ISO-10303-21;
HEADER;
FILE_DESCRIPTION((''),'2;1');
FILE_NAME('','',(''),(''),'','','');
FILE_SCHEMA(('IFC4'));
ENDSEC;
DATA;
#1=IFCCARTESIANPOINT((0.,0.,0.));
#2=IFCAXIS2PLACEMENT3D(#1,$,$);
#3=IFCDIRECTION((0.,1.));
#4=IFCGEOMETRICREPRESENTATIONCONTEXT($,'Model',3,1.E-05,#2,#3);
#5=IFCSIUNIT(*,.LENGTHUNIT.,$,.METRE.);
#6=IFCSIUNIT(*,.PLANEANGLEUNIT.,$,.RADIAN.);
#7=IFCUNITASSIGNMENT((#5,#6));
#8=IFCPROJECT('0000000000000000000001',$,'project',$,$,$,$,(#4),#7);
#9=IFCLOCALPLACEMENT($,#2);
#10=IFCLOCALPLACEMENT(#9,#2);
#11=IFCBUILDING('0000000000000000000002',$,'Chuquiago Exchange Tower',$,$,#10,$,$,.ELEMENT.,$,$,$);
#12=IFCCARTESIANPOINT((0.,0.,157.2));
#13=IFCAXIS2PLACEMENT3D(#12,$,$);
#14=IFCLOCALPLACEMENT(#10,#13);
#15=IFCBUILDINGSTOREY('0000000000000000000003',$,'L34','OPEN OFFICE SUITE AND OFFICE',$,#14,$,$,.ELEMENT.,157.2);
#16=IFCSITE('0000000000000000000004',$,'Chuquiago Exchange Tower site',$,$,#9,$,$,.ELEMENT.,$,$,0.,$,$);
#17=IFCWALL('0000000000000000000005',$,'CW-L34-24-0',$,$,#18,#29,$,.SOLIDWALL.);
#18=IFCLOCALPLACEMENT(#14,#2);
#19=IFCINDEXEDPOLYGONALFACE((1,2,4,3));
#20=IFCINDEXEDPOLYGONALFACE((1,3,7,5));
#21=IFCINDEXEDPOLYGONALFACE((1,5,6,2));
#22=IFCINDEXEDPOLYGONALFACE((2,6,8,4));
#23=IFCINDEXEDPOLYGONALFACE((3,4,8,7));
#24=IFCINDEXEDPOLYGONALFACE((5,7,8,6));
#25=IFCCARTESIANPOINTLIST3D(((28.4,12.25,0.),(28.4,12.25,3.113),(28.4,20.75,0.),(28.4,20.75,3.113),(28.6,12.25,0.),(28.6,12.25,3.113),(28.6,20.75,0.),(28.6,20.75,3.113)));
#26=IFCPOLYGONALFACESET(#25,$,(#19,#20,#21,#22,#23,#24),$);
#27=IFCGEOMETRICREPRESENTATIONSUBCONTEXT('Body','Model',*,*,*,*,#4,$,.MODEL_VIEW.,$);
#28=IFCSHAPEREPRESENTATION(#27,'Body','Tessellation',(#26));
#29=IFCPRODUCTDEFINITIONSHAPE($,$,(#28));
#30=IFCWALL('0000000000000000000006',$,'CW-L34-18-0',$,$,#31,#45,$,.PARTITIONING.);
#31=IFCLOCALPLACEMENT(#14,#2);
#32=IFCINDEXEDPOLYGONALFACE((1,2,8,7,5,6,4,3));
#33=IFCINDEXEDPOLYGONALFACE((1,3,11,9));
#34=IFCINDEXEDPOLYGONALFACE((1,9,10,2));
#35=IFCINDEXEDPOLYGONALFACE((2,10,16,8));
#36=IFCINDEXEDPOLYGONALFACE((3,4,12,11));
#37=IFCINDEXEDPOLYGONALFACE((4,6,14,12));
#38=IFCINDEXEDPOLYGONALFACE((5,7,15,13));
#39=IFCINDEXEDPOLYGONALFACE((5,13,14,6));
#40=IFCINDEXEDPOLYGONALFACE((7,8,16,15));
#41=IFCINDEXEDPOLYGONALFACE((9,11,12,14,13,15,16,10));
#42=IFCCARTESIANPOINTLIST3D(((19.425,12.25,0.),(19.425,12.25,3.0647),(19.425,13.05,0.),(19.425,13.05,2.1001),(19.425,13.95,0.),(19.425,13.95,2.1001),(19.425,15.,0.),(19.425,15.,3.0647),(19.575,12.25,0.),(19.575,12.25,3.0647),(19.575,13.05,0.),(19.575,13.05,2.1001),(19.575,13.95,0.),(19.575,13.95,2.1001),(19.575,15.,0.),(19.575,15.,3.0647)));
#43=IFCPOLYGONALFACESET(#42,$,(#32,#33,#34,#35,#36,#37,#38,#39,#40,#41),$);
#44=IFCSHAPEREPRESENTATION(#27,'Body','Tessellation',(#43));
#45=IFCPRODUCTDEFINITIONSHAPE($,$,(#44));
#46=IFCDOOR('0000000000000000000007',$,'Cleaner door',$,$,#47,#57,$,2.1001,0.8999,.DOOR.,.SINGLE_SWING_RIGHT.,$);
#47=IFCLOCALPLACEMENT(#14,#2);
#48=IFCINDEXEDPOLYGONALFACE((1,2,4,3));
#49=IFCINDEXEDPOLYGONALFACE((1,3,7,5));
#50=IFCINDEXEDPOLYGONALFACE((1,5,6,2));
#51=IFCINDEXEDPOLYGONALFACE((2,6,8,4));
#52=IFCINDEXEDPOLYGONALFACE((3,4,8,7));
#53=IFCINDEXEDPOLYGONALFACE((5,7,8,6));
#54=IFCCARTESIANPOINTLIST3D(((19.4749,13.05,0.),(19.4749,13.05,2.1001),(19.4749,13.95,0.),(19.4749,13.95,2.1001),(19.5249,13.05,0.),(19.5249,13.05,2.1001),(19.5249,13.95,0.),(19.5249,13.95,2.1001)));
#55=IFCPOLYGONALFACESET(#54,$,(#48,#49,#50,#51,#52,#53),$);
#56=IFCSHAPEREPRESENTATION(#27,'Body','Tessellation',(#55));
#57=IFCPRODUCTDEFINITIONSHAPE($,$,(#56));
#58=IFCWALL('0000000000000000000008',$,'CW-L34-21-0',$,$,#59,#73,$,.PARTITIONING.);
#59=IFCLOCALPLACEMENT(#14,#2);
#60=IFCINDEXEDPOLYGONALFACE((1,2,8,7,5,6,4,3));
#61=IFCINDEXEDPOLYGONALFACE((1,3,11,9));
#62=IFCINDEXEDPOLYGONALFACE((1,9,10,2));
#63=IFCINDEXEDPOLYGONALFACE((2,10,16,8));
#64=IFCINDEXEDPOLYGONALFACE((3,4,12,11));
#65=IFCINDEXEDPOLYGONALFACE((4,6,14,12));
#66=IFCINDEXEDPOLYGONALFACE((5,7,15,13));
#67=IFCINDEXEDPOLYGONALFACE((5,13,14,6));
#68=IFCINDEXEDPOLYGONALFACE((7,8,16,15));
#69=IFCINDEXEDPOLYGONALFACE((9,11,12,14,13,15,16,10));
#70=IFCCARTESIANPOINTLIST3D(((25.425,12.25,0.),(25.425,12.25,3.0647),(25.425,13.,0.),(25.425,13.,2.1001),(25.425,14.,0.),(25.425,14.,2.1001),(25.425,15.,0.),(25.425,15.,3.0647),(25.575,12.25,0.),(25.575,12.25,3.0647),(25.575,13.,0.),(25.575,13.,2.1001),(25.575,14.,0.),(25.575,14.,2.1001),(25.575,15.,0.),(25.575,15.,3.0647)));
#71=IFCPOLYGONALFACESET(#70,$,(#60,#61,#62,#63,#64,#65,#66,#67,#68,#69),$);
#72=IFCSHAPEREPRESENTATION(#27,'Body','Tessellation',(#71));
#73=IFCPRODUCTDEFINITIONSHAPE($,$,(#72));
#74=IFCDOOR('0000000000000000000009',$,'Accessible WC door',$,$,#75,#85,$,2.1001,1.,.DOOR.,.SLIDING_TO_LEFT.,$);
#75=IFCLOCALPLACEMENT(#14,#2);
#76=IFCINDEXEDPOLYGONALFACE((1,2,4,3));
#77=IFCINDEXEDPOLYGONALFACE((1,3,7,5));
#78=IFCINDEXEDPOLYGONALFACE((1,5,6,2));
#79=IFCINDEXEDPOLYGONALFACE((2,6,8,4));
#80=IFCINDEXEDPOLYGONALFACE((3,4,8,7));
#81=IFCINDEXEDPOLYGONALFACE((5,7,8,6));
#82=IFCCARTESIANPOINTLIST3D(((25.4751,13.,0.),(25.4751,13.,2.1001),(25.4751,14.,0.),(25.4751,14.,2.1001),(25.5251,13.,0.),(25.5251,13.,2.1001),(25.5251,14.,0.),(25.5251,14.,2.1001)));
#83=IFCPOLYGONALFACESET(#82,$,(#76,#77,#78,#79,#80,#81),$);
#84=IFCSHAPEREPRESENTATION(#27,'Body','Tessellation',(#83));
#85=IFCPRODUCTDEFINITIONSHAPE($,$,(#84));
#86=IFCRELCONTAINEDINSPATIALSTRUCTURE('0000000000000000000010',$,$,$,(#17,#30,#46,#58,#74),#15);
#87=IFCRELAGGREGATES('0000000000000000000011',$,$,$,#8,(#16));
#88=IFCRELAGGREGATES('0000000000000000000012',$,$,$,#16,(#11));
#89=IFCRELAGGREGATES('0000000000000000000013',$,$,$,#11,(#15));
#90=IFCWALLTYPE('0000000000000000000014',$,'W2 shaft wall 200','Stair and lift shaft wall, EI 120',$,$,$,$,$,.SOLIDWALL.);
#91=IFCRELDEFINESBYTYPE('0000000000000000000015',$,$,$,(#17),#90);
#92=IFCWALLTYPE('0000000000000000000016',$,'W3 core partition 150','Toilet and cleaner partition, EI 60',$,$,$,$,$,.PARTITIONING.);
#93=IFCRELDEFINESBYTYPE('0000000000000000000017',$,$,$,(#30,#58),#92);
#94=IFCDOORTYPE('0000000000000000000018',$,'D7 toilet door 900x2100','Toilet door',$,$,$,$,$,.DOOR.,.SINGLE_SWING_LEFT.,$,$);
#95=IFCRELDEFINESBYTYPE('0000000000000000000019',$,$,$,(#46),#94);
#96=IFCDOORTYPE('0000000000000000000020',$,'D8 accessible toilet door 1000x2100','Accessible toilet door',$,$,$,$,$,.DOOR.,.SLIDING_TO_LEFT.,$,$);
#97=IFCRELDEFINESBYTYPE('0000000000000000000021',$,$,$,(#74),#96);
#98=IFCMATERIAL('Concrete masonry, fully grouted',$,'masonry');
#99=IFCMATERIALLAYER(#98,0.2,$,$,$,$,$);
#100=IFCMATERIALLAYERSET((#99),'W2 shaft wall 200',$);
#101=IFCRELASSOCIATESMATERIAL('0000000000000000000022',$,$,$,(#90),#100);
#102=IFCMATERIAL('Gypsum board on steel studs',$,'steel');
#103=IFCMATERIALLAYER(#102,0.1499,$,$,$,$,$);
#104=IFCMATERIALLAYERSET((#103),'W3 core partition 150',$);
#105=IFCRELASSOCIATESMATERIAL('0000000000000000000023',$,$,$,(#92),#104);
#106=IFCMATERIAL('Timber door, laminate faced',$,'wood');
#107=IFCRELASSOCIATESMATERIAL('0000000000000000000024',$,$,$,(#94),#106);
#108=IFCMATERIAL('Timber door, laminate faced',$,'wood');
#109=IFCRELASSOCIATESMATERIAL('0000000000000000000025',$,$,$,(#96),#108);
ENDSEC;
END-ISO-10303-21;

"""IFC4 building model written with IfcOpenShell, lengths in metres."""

from ifc_helpers import new_model, si_unit, direction, frame, frame_2d, origin, place, context, subcontext, project, spatial, rectangle, extrude, material, layer, layer_set, type_object, element, fill, save


model = new_model("IFC4")

# Units and contexts
model_context = context("Model", 3, precision=1e-05, world=origin(), true_north=direction((0.0, 1.0)))
body_context = subcontext(model_context, "Body", "Model", "MODEL_VIEW")
ifc_project = project(units=[si_unit("LENGTHUNIT", "METRE"), si_unit("PLANEANGLEUNIT", "RADIAN")], contexts=[model_context])

# Site, building, storey
site_placement = place(None, origin())
site = spatial("IfcSite", under=ifc_project, at=site_placement, Name="Chuquiago Exchange Tower site", CompositionType="ELEMENT", RefElevation=0.0)
building_placement = place(site_placement, origin())
building = spatial("IfcBuilding", under=site, at=building_placement, Name="Chuquiago Exchange Tower", CompositionType="ELEMENT")
storey_placement = place(building_placement, frame((0.0, 0.0, 157.2)))
storey = spatial("IfcBuildingStorey", under=building, at=storey_placement, Name="L34", Description="OPEN OFFICE SUITE AND OFFICE", CompositionType="ELEMENT", Elevation=157.2)

# Shared definitions
ifc_material_1 = material(Name="Concrete masonry, fully grouted", Category="masonry")
ifc_layer_1 = layer(ifc_material_1, 0.2)
ifc_layer_set_1 = layer_set([ifc_layer_1], Name="W2 shaft wall 200")
wall_type_1 = type_object("IfcWallType", Name="W2 shaft wall 200", Description="Stair and lift shaft wall, EI 120", PredefinedType="SOLIDWALL", material=ifc_layer_set_1)

# Wall
wall_1_placement = place(storey_placement, frame((28.5, 12.25, 0.0), z_axis=(0.0, 0.0, 1.0), x_axis=(0.0, 1.0, 0.0)))
element("IfcWall", 1, at=wall_1_placement, inside=storey, type_object=wall_type_1, Name="CW-L34-24-0", PredefinedType="SOLIDWALL", context=body_context, shape_type="SweptSolid", body=[
    extrude(rectangle(XDim=8.5, YDim=0.2, at=frame_2d((4.25, 0.0))), origin(), (0.0, 0.0, 1.0), 3.113),
])

# Walls, openings, doors
ifc_material_2 = material(Name="Gypsum board on steel studs", Category="steel")
ifc_layer_2 = layer(ifc_material_2, 0.1499)
ifc_layer_set_2 = layer_set([ifc_layer_2], Name="W3 core partition 150")
wall_type_2 = type_object("IfcWallType", Name="W3 core partition 150", Description="Toilet and cleaner partition, EI 60", PredefinedType="PARTITIONING", material=ifc_layer_set_2)
wall_2_placement = place(storey_placement, frame((19.5, 12.25, 0.0), z_axis=(0.0, 0.0, 1.0), x_axis=(0.0, 1.0, 0.0)))
wall_2 = element("IfcWall", 2, at=wall_2_placement, inside=storey, type_object=wall_type_2, Name="CW-L34-18-0", PredefinedType="PARTITIONING", context=body_context, shape_type="SweptSolid", body=[
    extrude(rectangle(XDim=2.75, YDim=0.1499, at=frame_2d((1.375, 0.0))), origin(), (0.0, 0.0, 1.0), 3.0647),
])
opening_1_placement = place(wall_2_placement, frame((0.8, 0.0, 0.0)))
opening_1 = element("IfcOpeningElement", 3, at=opening_1_placement, cuts=wall_2, PredefinedType="OPENING", context=body_context, shape_type="SweptSolid", body=[
    extrude(rectangle(XDim=0.8999, YDim=2.1001, at=frame_2d((0.45, 1.05))), frame((0.0, 0.085, 0.0), z_axis=(0.0, -1.0, 0.0), x_axis=(1.0, 0.0, 0.0)), (0.0, 0.0, 1.0), 0.1699),
])
ifc_material_3 = material(Name="Timber door, laminate faced", Category="wood")
door_type_1 = type_object("IfcDoorType", Name="D7 toilet door 900x2100", Description="Toilet door", OperationType="SINGLE_SWING_LEFT", PredefinedType="DOOR", material=ifc_material_3)
door_1_placement = place(opening_1_placement, frame((0.8999, 0.0, 0.0), z_axis=(0.0, 0.0, 1.0), x_axis=(-1.0, 0.0, 0.0)))
door_1 = element("IfcDoor", 4, at=door_1_placement, inside=storey, type_object=door_type_1, Name="Cleaner door", OperationType="SINGLE_SWING_RIGHT", OverallHeight=2.1001, OverallWidth=0.8999, PredefinedType="DOOR", context=body_context, shape_type="SweptSolid", body=[
    extrude(rectangle(XDim=0.8999, YDim=2.1001, at=frame_2d((0.45, 1.05))), frame((0.0, 0.0249, 0.0), z_axis=(0.0, -1.0, 0.0), x_axis=(1.0, 0.0, 0.0)), (0.0, 0.0, 1.0), 0.05),
])
fill(opening_1, door_1)
wall_3_placement = place(storey_placement, frame((25.5, 12.25, 0.0), z_axis=(0.0, 0.0, 1.0), x_axis=(0.0, 1.0, 0.0)))
wall_3 = element("IfcWall", 5, at=wall_3_placement, inside=storey, type_object=wall_type_2, Name="CW-L34-21-0", PredefinedType="PARTITIONING", context=body_context, shape_type="SweptSolid", body=[
    extrude(rectangle(XDim=2.75, YDim=0.1499, at=frame_2d((1.375, 0.0))), origin(), (0.0, 0.0, 1.0), 3.0647),
])
opening_2_placement = place(wall_3_placement, frame((0.75, 0.0, 0.0)))
opening_2 = element("IfcOpeningElement", 6, at=opening_2_placement, cuts=wall_3, PredefinedType="OPENING", context=body_context, shape_type="SweptSolid", body=[
    extrude(rectangle(XDim=1.0, YDim=2.1001, at=frame_2d((0.5, 1.05))), frame((0.0, 0.085, 0.0), z_axis=(0.0, -1.0, 0.0), x_axis=(1.0, 0.0, 0.0)), (0.0, 0.0, 1.0), 0.1699),
])
ifc_material_4 = material(Name="Timber door, laminate faced", Category="wood")
door_type_2 = type_object("IfcDoorType", Name="D8 accessible toilet door 1000x2100", Description="Accessible toilet door", OperationType="SLIDING_TO_LEFT", PredefinedType="DOOR", material=ifc_material_4)
door_2_placement = place(opening_2_placement, origin())
door_2 = element("IfcDoor", 7, at=door_2_placement, inside=storey, type_object=door_type_2, Name="Accessible WC door", OperationType="SLIDING_TO_LEFT", OverallHeight=2.1001, OverallWidth=1.0, PredefinedType="DOOR", context=body_context, shape_type="SweptSolid", body=[
    extrude(rectangle(XDim=1.0, YDim=2.1001, at=frame_2d((0.5, 1.05))), frame((0.0, 0.0249, 0.0), z_axis=(0.0, -1.0, 0.0), x_axis=(1.0, 0.0, 0.0)), (0.0, 0.0, 1.0), 0.05),
])
fill(opening_2, door_2)

save(model, "model.ifc")
